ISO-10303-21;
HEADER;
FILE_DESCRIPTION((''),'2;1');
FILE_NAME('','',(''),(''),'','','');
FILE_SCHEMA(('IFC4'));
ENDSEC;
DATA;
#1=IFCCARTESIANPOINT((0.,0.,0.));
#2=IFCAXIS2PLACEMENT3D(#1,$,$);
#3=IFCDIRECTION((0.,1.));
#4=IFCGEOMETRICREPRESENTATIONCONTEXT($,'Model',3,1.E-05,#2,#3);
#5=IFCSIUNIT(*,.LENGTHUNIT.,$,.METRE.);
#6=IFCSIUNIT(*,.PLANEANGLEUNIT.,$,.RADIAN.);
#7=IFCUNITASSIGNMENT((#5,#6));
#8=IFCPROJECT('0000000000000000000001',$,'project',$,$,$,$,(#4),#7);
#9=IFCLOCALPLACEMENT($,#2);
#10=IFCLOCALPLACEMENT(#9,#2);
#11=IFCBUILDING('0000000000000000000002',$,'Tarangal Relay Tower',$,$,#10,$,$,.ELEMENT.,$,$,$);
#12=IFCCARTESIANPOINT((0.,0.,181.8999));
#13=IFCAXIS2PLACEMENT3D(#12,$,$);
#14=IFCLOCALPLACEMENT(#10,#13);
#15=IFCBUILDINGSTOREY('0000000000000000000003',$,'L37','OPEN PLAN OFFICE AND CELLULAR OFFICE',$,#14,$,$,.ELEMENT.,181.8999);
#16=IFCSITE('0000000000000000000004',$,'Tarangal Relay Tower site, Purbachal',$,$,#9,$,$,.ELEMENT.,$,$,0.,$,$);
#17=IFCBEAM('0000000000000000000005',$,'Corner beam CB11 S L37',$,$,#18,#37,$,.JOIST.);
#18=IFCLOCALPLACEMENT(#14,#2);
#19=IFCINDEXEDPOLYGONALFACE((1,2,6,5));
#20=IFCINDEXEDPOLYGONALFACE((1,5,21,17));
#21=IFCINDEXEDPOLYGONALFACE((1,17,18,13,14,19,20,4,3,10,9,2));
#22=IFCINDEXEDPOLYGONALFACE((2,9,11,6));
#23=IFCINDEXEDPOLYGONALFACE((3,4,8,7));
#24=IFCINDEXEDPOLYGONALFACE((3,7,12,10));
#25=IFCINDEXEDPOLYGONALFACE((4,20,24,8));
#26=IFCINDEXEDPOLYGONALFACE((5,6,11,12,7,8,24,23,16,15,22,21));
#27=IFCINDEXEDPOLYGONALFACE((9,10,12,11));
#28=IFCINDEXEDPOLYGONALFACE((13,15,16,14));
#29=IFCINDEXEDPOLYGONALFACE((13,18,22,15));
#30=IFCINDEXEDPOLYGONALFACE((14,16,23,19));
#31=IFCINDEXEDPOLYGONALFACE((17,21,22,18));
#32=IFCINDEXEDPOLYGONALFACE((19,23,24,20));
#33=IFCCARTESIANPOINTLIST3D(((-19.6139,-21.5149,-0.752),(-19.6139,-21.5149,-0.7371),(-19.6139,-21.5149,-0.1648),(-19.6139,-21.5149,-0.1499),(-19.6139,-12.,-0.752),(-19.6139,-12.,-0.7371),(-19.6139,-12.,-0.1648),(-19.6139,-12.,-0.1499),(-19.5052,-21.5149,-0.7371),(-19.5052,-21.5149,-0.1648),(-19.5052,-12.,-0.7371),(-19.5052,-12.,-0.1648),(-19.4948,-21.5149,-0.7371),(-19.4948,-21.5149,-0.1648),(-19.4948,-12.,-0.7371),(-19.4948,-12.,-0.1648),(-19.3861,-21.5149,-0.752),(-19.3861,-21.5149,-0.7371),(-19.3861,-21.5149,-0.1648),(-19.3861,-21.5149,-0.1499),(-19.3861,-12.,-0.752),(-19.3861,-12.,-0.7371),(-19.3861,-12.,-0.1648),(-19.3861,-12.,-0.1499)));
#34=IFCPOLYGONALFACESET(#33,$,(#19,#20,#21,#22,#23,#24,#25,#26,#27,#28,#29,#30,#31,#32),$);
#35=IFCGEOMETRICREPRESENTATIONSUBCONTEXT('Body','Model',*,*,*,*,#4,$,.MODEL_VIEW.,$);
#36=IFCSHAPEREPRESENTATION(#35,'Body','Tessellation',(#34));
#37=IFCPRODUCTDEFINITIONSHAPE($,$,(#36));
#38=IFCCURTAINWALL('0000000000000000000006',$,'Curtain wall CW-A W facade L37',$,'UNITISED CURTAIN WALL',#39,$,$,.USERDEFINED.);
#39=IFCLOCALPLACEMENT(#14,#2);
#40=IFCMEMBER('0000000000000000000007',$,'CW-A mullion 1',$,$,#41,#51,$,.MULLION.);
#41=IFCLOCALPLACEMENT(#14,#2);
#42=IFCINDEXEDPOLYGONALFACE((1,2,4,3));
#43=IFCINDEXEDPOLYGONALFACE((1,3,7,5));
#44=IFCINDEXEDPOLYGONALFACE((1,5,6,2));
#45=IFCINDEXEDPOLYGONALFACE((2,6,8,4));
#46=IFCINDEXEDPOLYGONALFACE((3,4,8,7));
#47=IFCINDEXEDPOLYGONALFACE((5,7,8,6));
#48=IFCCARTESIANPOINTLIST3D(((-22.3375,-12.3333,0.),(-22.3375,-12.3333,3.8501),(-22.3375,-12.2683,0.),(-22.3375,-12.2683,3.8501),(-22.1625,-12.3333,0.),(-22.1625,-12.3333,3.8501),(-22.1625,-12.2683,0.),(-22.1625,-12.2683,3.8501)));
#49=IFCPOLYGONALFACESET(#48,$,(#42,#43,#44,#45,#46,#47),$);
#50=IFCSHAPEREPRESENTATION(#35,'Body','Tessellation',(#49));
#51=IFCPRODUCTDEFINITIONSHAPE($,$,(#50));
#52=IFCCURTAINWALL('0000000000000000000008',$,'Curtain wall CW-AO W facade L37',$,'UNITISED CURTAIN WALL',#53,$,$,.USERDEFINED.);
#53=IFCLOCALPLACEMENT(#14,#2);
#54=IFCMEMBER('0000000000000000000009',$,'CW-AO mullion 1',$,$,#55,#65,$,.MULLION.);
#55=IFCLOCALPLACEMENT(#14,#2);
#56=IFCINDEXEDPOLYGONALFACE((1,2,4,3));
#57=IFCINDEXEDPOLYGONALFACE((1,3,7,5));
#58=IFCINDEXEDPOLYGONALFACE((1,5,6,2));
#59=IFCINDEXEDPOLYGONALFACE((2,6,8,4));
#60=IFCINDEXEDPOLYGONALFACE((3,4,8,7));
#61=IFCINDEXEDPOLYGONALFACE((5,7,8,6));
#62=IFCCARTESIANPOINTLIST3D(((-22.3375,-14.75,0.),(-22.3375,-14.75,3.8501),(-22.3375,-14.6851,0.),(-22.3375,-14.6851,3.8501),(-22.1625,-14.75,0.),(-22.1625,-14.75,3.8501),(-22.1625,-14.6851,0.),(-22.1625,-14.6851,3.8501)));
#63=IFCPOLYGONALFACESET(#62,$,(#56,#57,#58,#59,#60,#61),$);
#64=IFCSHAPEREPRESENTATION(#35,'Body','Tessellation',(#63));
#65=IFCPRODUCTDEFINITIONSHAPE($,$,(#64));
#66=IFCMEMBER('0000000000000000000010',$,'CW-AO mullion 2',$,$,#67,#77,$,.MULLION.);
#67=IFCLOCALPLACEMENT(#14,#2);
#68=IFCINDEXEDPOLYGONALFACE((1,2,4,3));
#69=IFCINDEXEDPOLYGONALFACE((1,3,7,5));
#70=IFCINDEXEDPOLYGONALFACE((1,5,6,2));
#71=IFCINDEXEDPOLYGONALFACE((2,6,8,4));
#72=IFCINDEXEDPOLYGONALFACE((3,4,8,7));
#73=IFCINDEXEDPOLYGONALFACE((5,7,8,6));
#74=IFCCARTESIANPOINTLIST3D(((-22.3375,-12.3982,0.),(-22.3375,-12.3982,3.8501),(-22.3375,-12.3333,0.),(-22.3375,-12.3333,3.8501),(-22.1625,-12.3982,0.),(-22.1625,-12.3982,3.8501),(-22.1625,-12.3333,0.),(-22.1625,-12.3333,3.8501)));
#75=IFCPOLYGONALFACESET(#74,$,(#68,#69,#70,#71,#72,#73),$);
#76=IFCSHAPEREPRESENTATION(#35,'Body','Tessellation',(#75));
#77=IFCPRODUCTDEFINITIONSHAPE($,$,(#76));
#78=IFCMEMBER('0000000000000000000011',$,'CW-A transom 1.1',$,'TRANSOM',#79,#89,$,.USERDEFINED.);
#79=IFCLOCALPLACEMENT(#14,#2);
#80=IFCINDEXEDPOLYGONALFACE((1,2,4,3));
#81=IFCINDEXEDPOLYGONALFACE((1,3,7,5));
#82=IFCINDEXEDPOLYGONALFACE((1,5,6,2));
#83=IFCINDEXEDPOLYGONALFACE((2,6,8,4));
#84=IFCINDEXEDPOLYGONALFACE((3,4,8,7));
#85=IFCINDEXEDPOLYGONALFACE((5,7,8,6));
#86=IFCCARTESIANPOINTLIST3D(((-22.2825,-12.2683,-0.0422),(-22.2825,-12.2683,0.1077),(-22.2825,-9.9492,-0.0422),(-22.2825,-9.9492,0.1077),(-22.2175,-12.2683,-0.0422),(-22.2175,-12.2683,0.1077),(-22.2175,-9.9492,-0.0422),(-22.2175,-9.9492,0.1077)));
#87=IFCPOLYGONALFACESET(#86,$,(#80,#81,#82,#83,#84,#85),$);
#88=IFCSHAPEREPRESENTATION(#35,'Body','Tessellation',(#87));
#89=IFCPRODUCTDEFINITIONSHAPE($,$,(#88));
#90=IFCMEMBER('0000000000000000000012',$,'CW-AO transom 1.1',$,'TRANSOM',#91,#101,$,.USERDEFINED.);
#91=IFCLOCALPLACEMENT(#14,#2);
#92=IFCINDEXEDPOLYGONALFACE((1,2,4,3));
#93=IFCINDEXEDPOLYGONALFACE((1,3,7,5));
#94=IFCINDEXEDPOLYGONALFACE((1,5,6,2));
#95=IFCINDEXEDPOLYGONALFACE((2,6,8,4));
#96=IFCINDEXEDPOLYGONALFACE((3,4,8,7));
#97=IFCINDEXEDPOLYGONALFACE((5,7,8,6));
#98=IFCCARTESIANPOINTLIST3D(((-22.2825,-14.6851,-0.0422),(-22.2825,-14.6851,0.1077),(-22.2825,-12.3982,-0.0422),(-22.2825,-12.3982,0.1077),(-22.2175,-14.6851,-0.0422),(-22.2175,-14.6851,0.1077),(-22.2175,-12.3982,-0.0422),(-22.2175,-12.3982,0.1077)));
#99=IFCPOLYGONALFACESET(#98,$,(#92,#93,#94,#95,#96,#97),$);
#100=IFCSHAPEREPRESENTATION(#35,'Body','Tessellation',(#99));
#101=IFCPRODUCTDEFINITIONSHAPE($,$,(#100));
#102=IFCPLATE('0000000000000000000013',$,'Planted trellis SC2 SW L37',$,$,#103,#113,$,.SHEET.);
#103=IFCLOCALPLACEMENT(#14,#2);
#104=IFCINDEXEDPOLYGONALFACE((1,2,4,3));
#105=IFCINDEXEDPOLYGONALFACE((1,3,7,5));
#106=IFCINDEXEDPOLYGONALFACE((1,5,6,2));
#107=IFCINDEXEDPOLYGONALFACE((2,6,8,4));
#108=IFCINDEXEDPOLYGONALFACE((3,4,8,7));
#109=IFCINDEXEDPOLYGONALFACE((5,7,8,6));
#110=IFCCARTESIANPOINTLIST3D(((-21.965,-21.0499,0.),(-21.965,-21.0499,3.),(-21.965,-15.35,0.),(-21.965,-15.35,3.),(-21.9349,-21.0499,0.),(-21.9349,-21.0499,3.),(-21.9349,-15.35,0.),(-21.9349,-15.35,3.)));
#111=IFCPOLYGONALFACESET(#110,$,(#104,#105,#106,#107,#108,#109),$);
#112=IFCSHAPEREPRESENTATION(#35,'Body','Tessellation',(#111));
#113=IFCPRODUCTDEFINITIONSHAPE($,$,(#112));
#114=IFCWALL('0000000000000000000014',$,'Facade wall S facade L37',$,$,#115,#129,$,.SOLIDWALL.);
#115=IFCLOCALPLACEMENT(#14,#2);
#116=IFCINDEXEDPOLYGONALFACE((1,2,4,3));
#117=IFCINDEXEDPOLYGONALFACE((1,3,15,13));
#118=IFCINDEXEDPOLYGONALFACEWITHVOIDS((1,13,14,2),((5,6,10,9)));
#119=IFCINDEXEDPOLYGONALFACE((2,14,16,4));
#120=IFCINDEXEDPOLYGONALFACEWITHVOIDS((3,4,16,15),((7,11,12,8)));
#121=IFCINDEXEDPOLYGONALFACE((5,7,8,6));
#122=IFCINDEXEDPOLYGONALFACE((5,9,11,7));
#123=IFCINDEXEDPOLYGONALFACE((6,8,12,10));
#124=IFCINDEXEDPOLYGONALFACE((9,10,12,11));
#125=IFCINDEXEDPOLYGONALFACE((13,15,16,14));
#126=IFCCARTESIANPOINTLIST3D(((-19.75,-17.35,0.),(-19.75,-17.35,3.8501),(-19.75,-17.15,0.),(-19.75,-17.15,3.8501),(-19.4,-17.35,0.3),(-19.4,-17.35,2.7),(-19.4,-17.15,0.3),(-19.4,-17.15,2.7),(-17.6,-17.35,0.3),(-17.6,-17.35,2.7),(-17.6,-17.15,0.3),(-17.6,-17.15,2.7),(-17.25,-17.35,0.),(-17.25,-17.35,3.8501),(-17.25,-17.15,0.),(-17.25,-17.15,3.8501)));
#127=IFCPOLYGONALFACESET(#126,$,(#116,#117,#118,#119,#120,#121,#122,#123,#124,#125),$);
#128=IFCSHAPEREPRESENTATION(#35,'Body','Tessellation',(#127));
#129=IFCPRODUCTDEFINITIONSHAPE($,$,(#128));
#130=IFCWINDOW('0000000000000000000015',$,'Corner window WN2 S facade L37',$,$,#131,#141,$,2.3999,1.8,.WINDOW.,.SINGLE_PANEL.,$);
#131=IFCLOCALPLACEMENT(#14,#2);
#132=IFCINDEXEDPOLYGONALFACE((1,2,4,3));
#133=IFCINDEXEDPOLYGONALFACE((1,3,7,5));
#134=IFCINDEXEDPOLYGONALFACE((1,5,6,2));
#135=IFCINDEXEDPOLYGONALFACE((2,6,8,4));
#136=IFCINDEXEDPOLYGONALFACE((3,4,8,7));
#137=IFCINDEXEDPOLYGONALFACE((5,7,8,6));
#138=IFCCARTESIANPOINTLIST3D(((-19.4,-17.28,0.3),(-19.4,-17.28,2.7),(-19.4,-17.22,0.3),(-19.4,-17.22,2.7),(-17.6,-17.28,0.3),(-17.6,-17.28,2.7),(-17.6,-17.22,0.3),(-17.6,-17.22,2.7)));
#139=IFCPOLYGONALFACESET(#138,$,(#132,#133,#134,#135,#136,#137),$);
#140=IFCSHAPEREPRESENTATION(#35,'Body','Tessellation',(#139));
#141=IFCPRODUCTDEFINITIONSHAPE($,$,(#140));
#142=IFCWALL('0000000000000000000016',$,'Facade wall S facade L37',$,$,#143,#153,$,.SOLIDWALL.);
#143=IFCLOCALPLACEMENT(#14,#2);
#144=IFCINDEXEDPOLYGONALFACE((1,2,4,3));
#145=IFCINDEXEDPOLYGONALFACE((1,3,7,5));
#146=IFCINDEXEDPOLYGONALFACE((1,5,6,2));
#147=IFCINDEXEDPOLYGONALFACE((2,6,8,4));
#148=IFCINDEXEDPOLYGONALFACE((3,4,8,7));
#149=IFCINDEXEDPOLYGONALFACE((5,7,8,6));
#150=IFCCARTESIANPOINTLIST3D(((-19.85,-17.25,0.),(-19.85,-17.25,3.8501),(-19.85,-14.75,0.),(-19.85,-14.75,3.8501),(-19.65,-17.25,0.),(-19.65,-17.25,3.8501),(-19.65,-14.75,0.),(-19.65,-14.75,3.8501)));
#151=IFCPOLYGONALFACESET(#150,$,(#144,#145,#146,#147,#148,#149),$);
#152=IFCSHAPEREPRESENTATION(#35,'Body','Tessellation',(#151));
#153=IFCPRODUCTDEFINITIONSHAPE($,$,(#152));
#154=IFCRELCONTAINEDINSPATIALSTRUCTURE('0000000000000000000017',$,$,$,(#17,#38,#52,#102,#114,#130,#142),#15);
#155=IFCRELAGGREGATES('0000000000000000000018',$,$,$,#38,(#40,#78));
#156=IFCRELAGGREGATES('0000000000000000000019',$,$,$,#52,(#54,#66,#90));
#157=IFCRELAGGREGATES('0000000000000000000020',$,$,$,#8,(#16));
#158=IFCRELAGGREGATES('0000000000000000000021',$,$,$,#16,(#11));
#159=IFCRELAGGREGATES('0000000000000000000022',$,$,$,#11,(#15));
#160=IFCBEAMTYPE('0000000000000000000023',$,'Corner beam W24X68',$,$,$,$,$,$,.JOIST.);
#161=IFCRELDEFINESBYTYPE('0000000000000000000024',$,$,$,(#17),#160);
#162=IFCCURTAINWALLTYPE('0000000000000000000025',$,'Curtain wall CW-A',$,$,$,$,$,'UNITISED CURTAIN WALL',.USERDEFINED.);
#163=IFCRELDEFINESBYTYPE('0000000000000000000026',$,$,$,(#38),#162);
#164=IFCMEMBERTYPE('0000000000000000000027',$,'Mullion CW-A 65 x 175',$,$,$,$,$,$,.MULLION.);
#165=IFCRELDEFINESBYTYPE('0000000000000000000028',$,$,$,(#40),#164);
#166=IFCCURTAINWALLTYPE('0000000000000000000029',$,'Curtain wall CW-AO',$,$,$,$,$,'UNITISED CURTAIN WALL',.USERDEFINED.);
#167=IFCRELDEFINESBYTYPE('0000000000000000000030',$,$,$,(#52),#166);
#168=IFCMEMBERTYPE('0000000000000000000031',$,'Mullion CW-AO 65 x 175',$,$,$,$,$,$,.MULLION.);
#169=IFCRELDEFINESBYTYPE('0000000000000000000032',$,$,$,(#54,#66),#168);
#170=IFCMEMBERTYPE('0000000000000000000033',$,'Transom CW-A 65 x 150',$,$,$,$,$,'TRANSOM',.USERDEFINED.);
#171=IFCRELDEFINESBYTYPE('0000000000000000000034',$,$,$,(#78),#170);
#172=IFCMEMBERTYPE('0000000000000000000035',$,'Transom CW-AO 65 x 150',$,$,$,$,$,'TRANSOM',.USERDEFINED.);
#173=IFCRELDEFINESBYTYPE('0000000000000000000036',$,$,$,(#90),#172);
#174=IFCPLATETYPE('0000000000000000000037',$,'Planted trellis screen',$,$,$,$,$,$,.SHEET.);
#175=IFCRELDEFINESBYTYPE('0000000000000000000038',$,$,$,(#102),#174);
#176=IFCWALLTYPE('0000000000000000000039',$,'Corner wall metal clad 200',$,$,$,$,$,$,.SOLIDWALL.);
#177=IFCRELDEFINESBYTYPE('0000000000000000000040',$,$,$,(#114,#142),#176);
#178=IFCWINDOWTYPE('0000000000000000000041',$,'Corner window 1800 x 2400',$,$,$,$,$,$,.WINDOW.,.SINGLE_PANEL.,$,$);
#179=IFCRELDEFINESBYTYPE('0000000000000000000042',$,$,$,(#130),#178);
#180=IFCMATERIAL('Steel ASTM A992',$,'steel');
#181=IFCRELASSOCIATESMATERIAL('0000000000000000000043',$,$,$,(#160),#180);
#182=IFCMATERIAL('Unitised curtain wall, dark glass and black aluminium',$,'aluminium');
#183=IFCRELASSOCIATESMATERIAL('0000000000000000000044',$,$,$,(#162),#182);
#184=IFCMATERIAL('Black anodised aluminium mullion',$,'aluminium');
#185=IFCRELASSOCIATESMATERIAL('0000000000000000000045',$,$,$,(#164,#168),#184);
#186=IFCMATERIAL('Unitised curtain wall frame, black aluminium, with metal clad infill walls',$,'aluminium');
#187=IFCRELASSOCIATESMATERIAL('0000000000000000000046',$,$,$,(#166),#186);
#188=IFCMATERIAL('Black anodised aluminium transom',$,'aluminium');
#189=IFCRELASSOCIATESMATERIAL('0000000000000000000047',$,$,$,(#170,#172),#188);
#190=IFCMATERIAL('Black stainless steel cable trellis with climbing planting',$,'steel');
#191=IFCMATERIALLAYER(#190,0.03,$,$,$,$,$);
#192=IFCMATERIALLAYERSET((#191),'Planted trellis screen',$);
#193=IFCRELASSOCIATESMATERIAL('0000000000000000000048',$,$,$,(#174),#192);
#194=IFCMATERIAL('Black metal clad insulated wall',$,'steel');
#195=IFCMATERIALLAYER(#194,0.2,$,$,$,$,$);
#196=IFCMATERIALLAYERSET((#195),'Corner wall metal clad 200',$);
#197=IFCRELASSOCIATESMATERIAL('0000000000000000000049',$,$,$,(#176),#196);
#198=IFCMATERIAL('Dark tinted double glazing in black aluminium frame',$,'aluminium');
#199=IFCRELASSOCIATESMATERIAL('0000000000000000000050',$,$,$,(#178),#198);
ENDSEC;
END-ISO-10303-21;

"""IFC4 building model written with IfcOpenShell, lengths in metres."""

from ifc_helpers import new_model, si_unit, direction, frame, frame_2d, origin, origin_2d, place, context, subcontext, project, spatial, rectangle, i_section, extrude, material, layer, layer_set, material_profile, profile_set, type_object, element, fill, aggregate, save


model = new_model("IFC4")

# Units and contexts
model_context = context("Model", 3, precision=1e-05, world=origin(), true_north=direction((0.0, 1.0)))
body_context = subcontext(model_context, "Body", "Model", "MODEL_VIEW")
ifc_project = project(units=[si_unit("LENGTHUNIT", "METRE"), si_unit("PLANEANGLEUNIT", "RADIAN")], contexts=[model_context])

# Site, building, storey
site_placement = place(None, origin())
site = spatial("IfcSite", under=ifc_project, at=site_placement, Name="Tarangal Relay Tower site, Purbachal", CompositionType="ELEMENT", RefElevation=0.0)
building_placement = place(site_placement, origin())
building = spatial("IfcBuilding", under=site, at=building_placement, Name="Tarangal Relay Tower", CompositionType="ELEMENT")
storey_placement = place(building_placement, frame((0.0, 0.0, 181.8999)))
storey = spatial("IfcBuildingStorey", under=building, at=storey_placement, Name="L37", Description="OPEN PLAN OFFICE AND CELLULAR OFFICE", CompositionType="ELEMENT", Elevation=181.8999)

# Beam
ifc_material_1 = material(Name="Steel ASTM A992", Category="steel")
ifc_material_profile_1 = material_profile(ifc_material_1, i_section(OverallWidth=0.2278, OverallDepth=0.6021, WebThickness=0.0105, FlangeThickness=0.0149, at=origin_2d()), Name="W24X68")
ifc_profile_set_1 = profile_set([ifc_material_profile_1], Name="Steel ASTM A992")
beam_type = type_object("IfcBeamType", Name="Corner beam W24X68", PredefinedType="JOIST", material=ifc_profile_set_1)
beam_placement = place(storey_placement, frame((-19.5, -12.0, -0.4509), z_axis=(0.0, -1.0, 0.0), x_axis=(1.0, 0.0, 0.0)))
element("IfcBeam", 1, at=beam_placement, inside=storey, type_object=beam_type, Name="Corner beam CB11 S L37", PredefinedType="JOIST", context=body_context, shape_type="SweptSolid", body=[
    extrude(i_section(OverallWidth=0.2278, OverallDepth=0.6021, WebThickness=0.0105, FlangeThickness=0.0149, at=origin_2d()), origin(), (0.0, 0.0, 1.0), 9.5149),
])

# Curtain wall, member
ifc_material_2 = material(Name="Unitised curtain wall, dark glass and black aluminium", Category="aluminium")
curtain_wall_type_1 = type_object("IfcCurtainWallType", Name="Curtain wall CW-A", ElementType="UNITISED CURTAIN WALL", PredefinedType="USERDEFINED", material=ifc_material_2)
curtain_wall_1_placement = place(storey_placement, origin())
curtain_wall_1 = element("IfcCurtainWall", 2, at=curtain_wall_1_placement, inside=storey, type_object=curtain_wall_type_1, Name="Curtain wall CW-A W facade L37", ObjectType="UNITISED CURTAIN WALL", PredefinedType="USERDEFINED")
ifc_material_3 = material(Name="Black anodised aluminium mullion", Category="aluminium")
ifc_material_profile_2 = material_profile(ifc_material_3, rectangle(XDim=0.175, YDim=0.0649, at=origin_2d()), Name="CW-AM 65X175")
ifc_profile_set_2 = profile_set([ifc_material_profile_2], Name="Black anodised aluminium mullion")
member_type_1 = type_object("IfcMemberType", Name="Mullion CW-A 65 x 175", PredefinedType="MULLION", material=ifc_profile_set_2)
member_1_placement = place(storey_placement, frame((-22.25, -12.3008, 0.0), z_axis=(0.0, 0.0, 1.0), x_axis=(-1.0, 0.0, 0.0)))
member_1 = element("IfcMember", 3, at=member_1_placement, type_object=member_type_1, Name="CW-A mullion 1", PredefinedType="MULLION", context=body_context, shape_type="SweptSolid", body=[
    extrude(rectangle(XDim=0.175, YDim=0.0649, at=origin_2d()), origin(), (0.0, 0.0, 1.0), 3.8501),
])

# Curtain wall, members
ifc_material_4 = material(Name="Unitised curtain wall frame, black aluminium, with metal clad infill walls", Category="aluminium")
curtain_wall_type_2 = type_object("IfcCurtainWallType", Name="Curtain wall CW-AO", ElementType="UNITISED CURTAIN WALL", PredefinedType="USERDEFINED", material=ifc_material_4)
curtain_wall_2_placement = place(storey_placement, origin())
curtain_wall_2 = element("IfcCurtainWall", 4, at=curtain_wall_2_placement, inside=storey, type_object=curtain_wall_type_2, Name="Curtain wall CW-AO W facade L37", ObjectType="UNITISED CURTAIN WALL", PredefinedType="USERDEFINED")
ifc_material_profile_3 = material_profile(ifc_material_3, rectangle(XDim=0.175, YDim=0.0649, at=origin_2d()), Name="CW-AOM 65X175")
ifc_profile_set_3 = profile_set([ifc_material_profile_3], Name="Black anodised aluminium mullion")
member_type_2 = type_object("IfcMemberType", Name="Mullion CW-AO 65 x 175", PredefinedType="MULLION", material=ifc_profile_set_3)
member_2_placement = place(storey_placement, frame((-22.25, -14.7175, 0.0), z_axis=(0.0, 0.0, 1.0), x_axis=(-1.0, 0.0, 0.0)))
member_2 = element("IfcMember", 5, at=member_2_placement, type_object=member_type_2, Name="CW-AO mullion 1", PredefinedType="MULLION", context=body_context, shape_type="SweptSolid", body=[
    extrude(rectangle(XDim=0.175, YDim=0.0649, at=origin_2d()), origin(), (0.0, 0.0, 1.0), 3.8501),
])
member_3_placement = place(storey_placement, frame((-22.25, -12.3657, 0.0), z_axis=(0.0, 0.0, 1.0), x_axis=(-1.0, 0.0, 0.0)))
member_3 = element("IfcMember", 6, at=member_3_placement, type_object=member_type_2, Name="CW-AO mullion 2", PredefinedType="MULLION", context=body_context, shape_type="SweptSolid", body=[
    extrude(rectangle(XDim=0.175, YDim=0.0649, at=origin_2d()), origin(), (0.0, 0.0, 1.0), 3.8501),
])

# Members
ifc_material_5 = material(Name="Black anodised aluminium transom", Category="aluminium")
ifc_material_profile_4 = material_profile(ifc_material_5, rectangle(XDim=0.0649, YDim=0.1499, at=origin_2d()), Name="CW-AT 65X150")
ifc_profile_set_4 = profile_set([ifc_material_profile_4], Name="Black anodised aluminium transom")
member_type_3 = type_object("IfcMemberType", Name="Transom CW-A 65 x 150", ElementType="TRANSOM", PredefinedType="USERDEFINED", material=ifc_profile_set_4)
member_4_placement = place(storey_placement, frame((-22.25, -12.2683, 0.0327), z_axis=(0.0, 1.0, 0.0), x_axis=(-1.0, 0.0, 0.0)))
member_4 = element("IfcMember", 7, at=member_4_placement, type_object=member_type_3, Name="CW-A transom 1.1", ObjectType="TRANSOM", PredefinedType="USERDEFINED", context=body_context, shape_type="SweptSolid", body=[
    extrude(rectangle(XDim=0.0649, YDim=0.1499, at=origin_2d()), origin(), (0.0, 0.0, 1.0), 2.3191),
])
aggregate(curtain_wall_1, [member_1, member_4])
ifc_material_profile_5 = material_profile(ifc_material_5, rectangle(XDim=0.0649, YDim=0.1499, at=origin_2d()), Name="CW-AOT 65X150")
ifc_profile_set_5 = profile_set([ifc_material_profile_5], Name="Black anodised aluminium transom")
member_type_4 = type_object("IfcMemberType", Name="Transom CW-AO 65 x 150", ElementType="TRANSOM", PredefinedType="USERDEFINED", material=ifc_profile_set_5)
member_5_placement = place(storey_placement, frame((-22.25, -14.6851, 0.0327), z_axis=(0.0, 1.0, 0.0), x_axis=(-1.0, 0.0, 0.0)))
member_5 = element("IfcMember", 8, at=member_5_placement, type_object=member_type_4, Name="CW-AO transom 1.1", ObjectType="TRANSOM", PredefinedType="USERDEFINED", context=body_context, shape_type="SweptSolid", body=[
    extrude(rectangle(XDim=0.0649, YDim=0.1499, at=origin_2d()), origin(), (0.0, 0.0, 1.0), 2.2869),
])
aggregate(curtain_wall_2, [member_2, member_3, member_5])

# Plate
ifc_material_6 = material(Name="Black stainless steel cable trellis with climbing planting", Category="steel")
ifc_layer_1 = layer(ifc_material_6, 0.03)
ifc_layer_set_1 = layer_set([ifc_layer_1], Name="Planted trellis screen")
plate_type = type_object("IfcPlateType", Name="Planted trellis screen", PredefinedType="SHEET", material=ifc_layer_set_1)
plate_placement = place(storey_placement, frame((-21.95, -18.2, 0.0), z_axis=(0.0, 0.0, 1.0), x_axis=(0.0, 1.0, 0.0)))
element("IfcPlate", 9, at=plate_placement, inside=storey, type_object=plate_type, Name="Planted trellis SC2 SW L37", PredefinedType="SHEET", context=body_context, shape_type="SweptSolid", body=[
    extrude(rectangle(XDim=5.7, YDim=0.03, at=origin_2d()), origin(), (0.0, 0.0, 1.0), 3.0),
])

# Wall, opening, window
ifc_material_7 = material(Name="Black metal clad insulated wall", Category="steel")
ifc_layer_2 = layer(ifc_material_7, 0.2)
ifc_layer_set_2 = layer_set([ifc_layer_2], Name="Corner wall metal clad 200")
wall_type_1 = type_object("IfcWallType", Name="Corner wall metal clad 200", PredefinedType="SOLIDWALL", material=ifc_layer_set_2)
wall_1_placement = place(storey_placement, frame((-17.25, -17.25, 0.0), z_axis=(0.0, 0.0, 1.0), x_axis=(-1.0, 0.0, 0.0)))
wall_1 = element("IfcWall", 10, at=wall_1_placement, inside=storey, type_object=wall_type_1, Name="Facade wall S facade L37", PredefinedType="SOLIDWALL", context=body_context, shape_type="SweptSolid", body=[
    extrude(rectangle(XDim=2.5, YDim=0.2, at=frame_2d((1.25, 0.0))), origin(), (0.0, 0.0, 1.0), 3.8501),
])
opening_1_placement = place(wall_1_placement, frame((0.3501, 0.0, 0.3)))
opening_1 = element("IfcOpeningElement", 11, at=opening_1_placement, cuts=wall_1, PredefinedType="OPENING", context=body_context, shape_type="SweptSolid", body=[
    extrude(rectangle(XDim=1.8, YDim=2.3999, at=frame_2d((0.8999, 1.2))), frame((0.0, 0.1099, 0.0), z_axis=(0.0, -1.0, 0.0), x_axis=(1.0, 0.0, 0.0)), (0.0, 0.0, 1.0), 0.22),
])
ifc_material_8 = material(Name="Dark tinted double glazing in black aluminium frame", Category="aluminium")
window_type = type_object("IfcWindowType", Name="Corner window 1800 x 2400", PartitioningType="SINGLE_PANEL", PredefinedType="WINDOW", material=ifc_material_8)
window_1_placement = place(opening_1_placement, origin())
window_1 = element("IfcWindow", 12, at=window_1_placement, inside=storey, type_object=window_type, Name="Corner window WN2 S facade L37", OverallHeight=2.3999, OverallWidth=1.8, PartitioningType="SINGLE_PANEL", PredefinedType="WINDOW", context=body_context, shape_type="SweptSolid", body=[
    extrude(rectangle(XDim=1.8, YDim=2.3999, at=frame_2d((0.8999, 1.2))), frame((0.0, 0.03, 0.0), z_axis=(0.0, -1.0, 0.0), x_axis=(1.0, 0.0, 0.0)), (0.0, 0.0, 1.0), 0.0601),
])
fill(opening_1, window_1)

# Wall
wall_2_placement = place(storey_placement, frame((-19.75, -17.25, 0.0), z_axis=(0.0, 0.0, 1.0), x_axis=(0.0, 1.0, 0.0)))
element("IfcWall", 13, at=wall_2_placement, inside=storey, type_object=wall_type_1, Name="Facade wall S facade L37", PredefinedType="SOLIDWALL", context=body_context, shape_type="SweptSolid", body=[
    extrude(rectangle(XDim=2.5, YDim=0.2, at=frame_2d((1.25, 0.0))), origin(), (0.0, 0.0, 1.0), 3.8501),
])

save(model, "model.ifc")
